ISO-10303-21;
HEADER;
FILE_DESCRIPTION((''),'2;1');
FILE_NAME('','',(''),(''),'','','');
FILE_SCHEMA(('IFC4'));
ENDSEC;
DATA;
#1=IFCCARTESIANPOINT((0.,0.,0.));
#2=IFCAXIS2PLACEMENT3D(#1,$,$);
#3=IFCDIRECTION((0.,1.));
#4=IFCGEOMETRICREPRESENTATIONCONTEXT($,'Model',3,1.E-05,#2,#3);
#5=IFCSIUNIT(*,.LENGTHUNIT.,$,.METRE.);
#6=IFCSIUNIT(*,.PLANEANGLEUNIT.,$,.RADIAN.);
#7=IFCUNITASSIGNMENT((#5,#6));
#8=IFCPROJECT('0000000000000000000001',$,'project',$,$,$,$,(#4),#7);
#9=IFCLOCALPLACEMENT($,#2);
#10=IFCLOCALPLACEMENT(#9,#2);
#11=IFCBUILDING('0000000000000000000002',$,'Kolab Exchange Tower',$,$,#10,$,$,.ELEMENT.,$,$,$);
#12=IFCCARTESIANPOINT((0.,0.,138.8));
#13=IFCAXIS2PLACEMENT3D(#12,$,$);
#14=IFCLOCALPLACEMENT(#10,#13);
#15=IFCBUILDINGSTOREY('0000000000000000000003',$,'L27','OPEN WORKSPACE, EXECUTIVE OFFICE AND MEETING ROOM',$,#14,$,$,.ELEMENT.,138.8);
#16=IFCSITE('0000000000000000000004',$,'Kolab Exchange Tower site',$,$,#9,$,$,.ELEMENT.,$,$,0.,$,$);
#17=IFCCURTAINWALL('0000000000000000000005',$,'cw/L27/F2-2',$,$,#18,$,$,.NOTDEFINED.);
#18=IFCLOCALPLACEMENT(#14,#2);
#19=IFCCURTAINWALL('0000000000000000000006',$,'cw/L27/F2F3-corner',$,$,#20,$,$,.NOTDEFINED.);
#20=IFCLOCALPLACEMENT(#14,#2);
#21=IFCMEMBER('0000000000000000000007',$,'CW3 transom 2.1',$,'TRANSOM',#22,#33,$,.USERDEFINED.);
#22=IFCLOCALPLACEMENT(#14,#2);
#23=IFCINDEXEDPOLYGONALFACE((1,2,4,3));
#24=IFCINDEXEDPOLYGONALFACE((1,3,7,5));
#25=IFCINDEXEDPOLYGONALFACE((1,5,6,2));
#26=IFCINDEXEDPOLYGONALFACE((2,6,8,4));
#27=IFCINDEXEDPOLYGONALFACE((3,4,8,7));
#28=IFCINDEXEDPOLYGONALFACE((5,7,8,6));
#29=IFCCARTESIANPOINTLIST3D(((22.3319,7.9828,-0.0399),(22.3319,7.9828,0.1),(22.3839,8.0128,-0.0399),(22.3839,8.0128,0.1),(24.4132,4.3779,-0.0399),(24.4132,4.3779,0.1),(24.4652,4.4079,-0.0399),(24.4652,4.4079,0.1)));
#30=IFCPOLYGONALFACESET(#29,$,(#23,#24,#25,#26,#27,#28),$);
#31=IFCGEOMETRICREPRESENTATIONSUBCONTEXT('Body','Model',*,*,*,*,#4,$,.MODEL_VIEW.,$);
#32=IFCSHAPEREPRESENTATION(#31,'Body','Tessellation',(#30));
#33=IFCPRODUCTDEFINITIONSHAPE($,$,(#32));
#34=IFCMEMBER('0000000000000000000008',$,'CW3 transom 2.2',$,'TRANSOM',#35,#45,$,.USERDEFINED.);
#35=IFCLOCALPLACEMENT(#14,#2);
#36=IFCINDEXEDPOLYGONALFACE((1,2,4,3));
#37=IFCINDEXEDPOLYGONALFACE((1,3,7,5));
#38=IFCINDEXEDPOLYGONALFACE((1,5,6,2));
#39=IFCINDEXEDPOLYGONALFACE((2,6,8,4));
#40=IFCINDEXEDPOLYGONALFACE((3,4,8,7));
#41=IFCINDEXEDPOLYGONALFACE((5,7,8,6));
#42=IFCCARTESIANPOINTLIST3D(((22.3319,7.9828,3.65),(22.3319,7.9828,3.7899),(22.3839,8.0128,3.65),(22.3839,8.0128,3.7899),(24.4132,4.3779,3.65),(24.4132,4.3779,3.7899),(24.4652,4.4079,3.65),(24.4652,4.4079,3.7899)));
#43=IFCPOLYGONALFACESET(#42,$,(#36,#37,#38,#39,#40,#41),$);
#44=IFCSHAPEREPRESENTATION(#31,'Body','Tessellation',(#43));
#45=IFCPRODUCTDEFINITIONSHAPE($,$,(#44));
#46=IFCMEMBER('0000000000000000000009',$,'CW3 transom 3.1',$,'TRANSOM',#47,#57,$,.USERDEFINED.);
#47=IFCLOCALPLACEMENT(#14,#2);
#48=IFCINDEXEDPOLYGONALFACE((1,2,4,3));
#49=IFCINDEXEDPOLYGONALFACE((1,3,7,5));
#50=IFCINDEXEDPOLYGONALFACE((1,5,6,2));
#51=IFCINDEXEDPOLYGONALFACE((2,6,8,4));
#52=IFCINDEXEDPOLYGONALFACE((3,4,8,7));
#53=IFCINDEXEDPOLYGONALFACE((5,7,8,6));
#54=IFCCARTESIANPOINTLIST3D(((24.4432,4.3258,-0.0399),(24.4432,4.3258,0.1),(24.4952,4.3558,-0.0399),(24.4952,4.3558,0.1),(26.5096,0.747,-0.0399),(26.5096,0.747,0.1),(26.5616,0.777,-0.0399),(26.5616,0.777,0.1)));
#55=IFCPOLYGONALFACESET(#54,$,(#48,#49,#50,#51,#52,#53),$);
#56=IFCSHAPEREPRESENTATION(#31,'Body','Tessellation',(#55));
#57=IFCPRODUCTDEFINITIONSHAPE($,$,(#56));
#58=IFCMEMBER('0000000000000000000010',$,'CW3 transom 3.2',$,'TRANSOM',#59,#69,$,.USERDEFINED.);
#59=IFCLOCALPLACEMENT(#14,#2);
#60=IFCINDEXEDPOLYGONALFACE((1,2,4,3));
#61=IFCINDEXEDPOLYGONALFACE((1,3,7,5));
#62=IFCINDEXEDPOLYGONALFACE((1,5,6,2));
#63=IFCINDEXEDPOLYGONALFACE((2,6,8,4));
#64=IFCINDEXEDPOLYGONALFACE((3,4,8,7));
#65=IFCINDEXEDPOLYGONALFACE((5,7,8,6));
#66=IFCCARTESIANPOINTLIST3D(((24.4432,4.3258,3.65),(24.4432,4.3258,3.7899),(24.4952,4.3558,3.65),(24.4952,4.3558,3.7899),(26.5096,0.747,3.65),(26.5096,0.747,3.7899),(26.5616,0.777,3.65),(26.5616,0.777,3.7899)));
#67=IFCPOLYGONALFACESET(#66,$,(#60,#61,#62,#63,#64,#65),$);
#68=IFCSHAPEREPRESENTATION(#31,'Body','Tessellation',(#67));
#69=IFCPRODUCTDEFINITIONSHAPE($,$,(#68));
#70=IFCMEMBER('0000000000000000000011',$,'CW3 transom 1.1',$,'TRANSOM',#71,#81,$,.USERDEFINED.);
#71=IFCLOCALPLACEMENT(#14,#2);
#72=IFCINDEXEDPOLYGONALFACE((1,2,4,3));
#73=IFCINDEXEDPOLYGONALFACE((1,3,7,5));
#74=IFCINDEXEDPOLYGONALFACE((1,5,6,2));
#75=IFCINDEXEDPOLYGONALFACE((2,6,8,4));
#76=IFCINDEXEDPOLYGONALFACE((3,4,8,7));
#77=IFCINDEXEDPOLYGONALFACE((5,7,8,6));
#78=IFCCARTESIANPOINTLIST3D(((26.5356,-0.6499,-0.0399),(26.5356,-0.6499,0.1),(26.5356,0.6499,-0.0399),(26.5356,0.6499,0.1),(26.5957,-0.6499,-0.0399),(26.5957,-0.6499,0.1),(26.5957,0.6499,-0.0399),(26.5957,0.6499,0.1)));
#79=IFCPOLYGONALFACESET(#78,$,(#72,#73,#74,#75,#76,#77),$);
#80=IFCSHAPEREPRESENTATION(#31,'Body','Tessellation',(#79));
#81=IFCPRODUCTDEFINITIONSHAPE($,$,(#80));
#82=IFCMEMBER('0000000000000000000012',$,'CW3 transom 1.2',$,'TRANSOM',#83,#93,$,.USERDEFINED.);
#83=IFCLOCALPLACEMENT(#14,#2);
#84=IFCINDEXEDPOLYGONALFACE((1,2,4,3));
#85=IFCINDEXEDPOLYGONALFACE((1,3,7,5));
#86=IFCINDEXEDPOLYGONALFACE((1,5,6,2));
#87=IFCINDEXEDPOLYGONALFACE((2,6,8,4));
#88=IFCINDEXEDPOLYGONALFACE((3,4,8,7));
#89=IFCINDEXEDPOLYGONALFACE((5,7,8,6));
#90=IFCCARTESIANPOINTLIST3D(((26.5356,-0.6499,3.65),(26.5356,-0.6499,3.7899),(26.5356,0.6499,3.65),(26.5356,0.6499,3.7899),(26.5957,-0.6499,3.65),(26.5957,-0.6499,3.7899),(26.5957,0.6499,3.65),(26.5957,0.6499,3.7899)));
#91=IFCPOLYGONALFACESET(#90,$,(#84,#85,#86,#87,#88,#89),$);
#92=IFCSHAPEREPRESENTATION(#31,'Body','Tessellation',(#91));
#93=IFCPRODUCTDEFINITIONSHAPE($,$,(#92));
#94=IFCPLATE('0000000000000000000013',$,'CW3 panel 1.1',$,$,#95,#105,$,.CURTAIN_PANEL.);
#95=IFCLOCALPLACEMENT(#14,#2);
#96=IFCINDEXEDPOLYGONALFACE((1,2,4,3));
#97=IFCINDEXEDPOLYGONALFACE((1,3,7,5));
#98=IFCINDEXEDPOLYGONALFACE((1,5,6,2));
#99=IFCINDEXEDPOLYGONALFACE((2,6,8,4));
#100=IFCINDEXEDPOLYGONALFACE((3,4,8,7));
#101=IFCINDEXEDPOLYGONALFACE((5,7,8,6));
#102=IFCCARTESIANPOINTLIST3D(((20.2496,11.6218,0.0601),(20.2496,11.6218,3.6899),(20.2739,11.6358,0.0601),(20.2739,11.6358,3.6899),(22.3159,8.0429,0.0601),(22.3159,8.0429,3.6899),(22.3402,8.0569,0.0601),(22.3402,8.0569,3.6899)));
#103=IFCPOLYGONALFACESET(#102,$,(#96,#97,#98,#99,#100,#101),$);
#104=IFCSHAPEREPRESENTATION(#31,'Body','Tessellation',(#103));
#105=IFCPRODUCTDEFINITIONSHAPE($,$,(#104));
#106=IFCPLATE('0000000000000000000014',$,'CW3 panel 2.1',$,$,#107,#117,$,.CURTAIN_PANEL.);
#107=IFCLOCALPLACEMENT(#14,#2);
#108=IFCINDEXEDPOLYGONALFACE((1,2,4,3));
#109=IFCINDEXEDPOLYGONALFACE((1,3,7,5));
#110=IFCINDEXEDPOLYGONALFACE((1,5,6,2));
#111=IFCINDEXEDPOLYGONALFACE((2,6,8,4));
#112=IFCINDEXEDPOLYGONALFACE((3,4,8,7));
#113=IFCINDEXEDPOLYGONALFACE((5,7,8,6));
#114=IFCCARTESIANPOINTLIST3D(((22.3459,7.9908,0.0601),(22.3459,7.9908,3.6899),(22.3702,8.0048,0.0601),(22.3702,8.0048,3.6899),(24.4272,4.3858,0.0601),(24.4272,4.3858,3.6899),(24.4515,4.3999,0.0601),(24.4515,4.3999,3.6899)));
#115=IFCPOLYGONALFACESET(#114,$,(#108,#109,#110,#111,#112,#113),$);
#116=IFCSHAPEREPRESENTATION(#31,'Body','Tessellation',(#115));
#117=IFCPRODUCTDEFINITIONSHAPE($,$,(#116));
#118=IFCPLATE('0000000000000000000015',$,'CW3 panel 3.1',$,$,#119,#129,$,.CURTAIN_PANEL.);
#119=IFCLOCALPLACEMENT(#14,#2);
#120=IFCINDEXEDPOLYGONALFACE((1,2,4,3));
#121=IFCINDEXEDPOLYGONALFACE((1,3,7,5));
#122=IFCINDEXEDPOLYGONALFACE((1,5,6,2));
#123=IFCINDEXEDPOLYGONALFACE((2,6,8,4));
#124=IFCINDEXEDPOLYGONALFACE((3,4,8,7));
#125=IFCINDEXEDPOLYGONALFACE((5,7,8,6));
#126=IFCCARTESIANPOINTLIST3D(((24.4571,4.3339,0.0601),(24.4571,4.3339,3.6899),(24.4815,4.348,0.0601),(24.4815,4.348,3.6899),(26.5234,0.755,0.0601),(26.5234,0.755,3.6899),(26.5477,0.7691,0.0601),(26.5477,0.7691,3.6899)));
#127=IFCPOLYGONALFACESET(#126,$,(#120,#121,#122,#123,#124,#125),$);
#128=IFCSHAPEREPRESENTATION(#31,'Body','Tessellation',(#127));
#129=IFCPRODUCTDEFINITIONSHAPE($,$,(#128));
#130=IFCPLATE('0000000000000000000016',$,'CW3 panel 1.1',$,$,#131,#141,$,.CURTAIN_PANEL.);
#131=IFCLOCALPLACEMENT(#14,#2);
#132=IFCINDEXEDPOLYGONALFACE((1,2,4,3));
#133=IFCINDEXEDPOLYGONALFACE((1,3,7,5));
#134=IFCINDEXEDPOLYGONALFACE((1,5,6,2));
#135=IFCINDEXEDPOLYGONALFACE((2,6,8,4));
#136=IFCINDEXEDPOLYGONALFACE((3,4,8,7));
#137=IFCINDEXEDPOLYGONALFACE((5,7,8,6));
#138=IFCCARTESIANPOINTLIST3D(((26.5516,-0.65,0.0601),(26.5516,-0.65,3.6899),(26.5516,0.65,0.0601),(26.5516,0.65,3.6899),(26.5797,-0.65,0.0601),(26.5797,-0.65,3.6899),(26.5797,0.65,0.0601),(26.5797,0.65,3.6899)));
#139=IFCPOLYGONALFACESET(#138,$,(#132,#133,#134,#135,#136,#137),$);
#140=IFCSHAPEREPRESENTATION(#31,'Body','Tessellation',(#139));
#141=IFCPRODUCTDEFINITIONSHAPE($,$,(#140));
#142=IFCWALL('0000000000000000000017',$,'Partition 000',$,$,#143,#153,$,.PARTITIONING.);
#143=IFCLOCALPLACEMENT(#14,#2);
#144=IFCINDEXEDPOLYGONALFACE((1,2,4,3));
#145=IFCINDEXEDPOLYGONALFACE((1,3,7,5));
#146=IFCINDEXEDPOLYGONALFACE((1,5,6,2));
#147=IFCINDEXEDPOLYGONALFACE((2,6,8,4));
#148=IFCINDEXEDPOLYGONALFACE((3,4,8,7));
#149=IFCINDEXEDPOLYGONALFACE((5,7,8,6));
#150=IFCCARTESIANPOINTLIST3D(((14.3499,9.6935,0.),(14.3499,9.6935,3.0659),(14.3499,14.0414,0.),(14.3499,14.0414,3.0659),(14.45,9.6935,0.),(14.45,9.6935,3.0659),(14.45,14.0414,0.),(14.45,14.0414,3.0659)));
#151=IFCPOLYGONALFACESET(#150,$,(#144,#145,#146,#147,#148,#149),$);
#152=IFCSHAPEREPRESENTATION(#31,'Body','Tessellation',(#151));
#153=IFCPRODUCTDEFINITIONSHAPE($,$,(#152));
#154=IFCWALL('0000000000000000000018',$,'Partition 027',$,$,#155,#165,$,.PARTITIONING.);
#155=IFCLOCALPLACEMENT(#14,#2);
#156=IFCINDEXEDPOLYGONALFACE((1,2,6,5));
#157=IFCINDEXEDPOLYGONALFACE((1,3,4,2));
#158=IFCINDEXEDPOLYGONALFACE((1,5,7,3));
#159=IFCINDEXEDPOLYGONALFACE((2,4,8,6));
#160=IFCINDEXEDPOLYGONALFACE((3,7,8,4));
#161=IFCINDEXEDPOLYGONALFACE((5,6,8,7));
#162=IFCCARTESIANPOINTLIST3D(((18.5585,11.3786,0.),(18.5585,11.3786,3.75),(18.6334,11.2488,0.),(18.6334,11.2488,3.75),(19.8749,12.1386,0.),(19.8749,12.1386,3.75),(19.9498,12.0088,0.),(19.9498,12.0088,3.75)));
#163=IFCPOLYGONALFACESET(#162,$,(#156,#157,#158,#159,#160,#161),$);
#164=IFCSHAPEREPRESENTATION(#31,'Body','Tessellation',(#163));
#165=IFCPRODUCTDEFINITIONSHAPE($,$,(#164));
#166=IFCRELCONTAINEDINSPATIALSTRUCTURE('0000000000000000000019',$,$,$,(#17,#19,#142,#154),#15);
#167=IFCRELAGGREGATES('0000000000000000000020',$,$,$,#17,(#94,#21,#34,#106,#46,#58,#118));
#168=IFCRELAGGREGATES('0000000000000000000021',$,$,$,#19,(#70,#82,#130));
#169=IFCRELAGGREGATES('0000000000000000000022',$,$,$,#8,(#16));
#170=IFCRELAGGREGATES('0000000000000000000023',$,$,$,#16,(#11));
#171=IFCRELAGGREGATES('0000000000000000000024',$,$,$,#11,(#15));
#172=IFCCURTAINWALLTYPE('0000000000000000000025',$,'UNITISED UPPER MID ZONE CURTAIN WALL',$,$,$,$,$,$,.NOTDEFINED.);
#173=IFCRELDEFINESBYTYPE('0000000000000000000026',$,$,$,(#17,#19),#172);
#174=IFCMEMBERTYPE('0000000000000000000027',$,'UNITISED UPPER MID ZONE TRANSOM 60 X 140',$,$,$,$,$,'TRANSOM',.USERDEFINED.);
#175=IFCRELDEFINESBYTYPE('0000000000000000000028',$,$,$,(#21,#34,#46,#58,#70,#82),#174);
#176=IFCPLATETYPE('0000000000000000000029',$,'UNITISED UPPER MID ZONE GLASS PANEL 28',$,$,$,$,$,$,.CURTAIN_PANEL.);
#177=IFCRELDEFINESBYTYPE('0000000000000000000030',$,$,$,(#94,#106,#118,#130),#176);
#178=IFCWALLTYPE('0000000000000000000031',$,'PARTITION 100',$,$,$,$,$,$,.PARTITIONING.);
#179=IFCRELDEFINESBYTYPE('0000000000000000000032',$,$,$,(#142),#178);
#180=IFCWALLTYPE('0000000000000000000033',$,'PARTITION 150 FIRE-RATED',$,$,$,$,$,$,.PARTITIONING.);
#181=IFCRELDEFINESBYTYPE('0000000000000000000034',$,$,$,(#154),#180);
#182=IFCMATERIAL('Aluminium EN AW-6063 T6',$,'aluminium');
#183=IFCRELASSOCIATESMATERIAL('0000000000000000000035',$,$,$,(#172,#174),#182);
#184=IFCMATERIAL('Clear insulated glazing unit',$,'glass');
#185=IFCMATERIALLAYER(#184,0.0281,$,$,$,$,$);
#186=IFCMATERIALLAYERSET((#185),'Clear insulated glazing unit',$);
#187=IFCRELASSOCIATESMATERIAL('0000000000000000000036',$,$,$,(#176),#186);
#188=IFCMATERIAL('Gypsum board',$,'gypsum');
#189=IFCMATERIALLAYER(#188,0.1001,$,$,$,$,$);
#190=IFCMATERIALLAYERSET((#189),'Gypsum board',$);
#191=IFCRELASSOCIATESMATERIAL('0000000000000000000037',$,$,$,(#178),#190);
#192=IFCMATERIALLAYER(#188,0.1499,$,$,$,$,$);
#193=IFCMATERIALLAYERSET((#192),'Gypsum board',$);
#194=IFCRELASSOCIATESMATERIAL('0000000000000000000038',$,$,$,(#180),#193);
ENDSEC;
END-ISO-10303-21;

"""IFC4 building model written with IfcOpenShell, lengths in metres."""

from ifc_helpers import new_model, si_unit, direction, frame, frame_2d, origin, origin_2d, place, context, subcontext, project, spatial, rectangle, extrude, material, layer, layer_set, material_profile, profile_set, type_object, element, aggregate, save


model = new_model("IFC4")

# Units and contexts
model_context = context("Model", 3, precision=1e-05, world=origin(), true_north=direction((0.0, 1.0)))
body_context = subcontext(model_context, "Body", "Model", "MODEL_VIEW")
ifc_project = project(units=[si_unit("LENGTHUNIT", "METRE"), si_unit("PLANEANGLEUNIT", "RADIAN")], contexts=[model_context])

# Site, building, storey
site_placement = place(None, origin())
site = spatial("IfcSite", under=ifc_project, at=site_placement, Name="Kolab Exchange Tower site", CompositionType="ELEMENT", RefElevation=0.0)
building_placement = place(site_placement, origin())
building = spatial("IfcBuilding", under=site, at=building_placement, Name="Kolab Exchange Tower", CompositionType="ELEMENT")
storey_placement = place(building_placement, frame((0.0, 0.0, 138.8)))
storey = spatial("IfcBuildingStorey", under=building, at=storey_placement, Name="L27", Description="OPEN WORKSPACE, EXECUTIVE OFFICE AND MEETING ROOM", CompositionType="ELEMENT", Elevation=138.8)

# Curtain wall
ifc_material_1 = material(Name="Aluminium EN AW-6063 T6", Category="aluminium")
curtain_wall_type = type_object("IfcCurtainWallType", Name="UNITISED UPPER MID ZONE CURTAIN WALL", PredefinedType="NOTDEFINED", material=ifc_material_1)
curtain_wall_1_placement = place(storey_placement, origin())
curtain_wall_1 = element("IfcCurtainWall", 1, at=curtain_wall_1_placement, inside=storey, type_object=curtain_wall_type, Name="cw/L27/F2-2", PredefinedType="NOTDEFINED")

# Curtain wall
curtain_wall_2_placement = place(storey_placement, origin())
curtain_wall_2 = element("IfcCurtainWall", 2, at=curtain_wall_2_placement, inside=storey, type_object=curtain_wall_type, Name="cw/L27/F2F3-corner", PredefinedType="NOTDEFINED")

# Members
ifc_material_profile_1 = material_profile(ifc_material_1, rectangle(XDim=0.0601, YDim=0.1399, at=origin_2d()), Name="RECT 60X140")
ifc_profile_set_1 = profile_set([ifc_material_profile_1], Name="Aluminium EN AW-6063 T6")
member_type_1 = type_object("IfcMemberType", Name="UNITISED UPPER MID ZONE TRANSOM 60 X 140", ElementType="TRANSOM", PredefinedType="USERDEFINED", material=ifc_profile_set_1)
member_1_placement = place(storey_placement, frame((22.3579, 7.9978, 0.03), z_axis=(0.499993, -0.866029, 0.0), x_axis=(0.866029, 0.499993, 0.0)))
member_1 = element("IfcMember", 3, at=member_1_placement, type_object=member_type_1, Name="CW3 transom 2.1", ObjectType="TRANSOM", PredefinedType="USERDEFINED", context=body_context, shape_type="SweptSolid", body=[
    extrude(rectangle(XDim=0.0601, YDim=0.1399, at=origin_2d()), origin(), (0.0, 0.0, 1.0), 4.1626),
])
member_2_placement = place(storey_placement, frame((22.3579, 7.9978, 3.72), z_axis=(0.499993, -0.866029, 0.0), x_axis=(0.866029, 0.499993, 0.0)))
member_2 = element("IfcMember", 4, at=member_2_placement, type_object=member_type_1, Name="CW3 transom 2.2", ObjectType="TRANSOM", PredefinedType="USERDEFINED", context=body_context, shape_type="SweptSolid", body=[
    extrude(rectangle(XDim=0.0601, YDim=0.1399, at=origin_2d()), origin(), (0.0, 0.0, 1.0), 4.1626),
])
member_3_placement = place(storey_placement, frame((24.4692, 4.3408, 0.03), z_axis=(0.500028, -0.866009, 0.0), x_axis=(0.866009, 0.500028, 0.0)))
member_3 = element("IfcMember", 5, at=member_3_placement, type_object=member_type_1, Name="CW3 transom 3.1", ObjectType="TRANSOM", PredefinedType="USERDEFINED", context=body_context, shape_type="SweptSolid", body=[
    extrude(rectangle(XDim=0.0601, YDim=0.1399, at=origin_2d()), origin(), (0.0, 0.0, 1.0), 4.1326),
])
member_4_placement = place(storey_placement, frame((24.4692, 4.3408, 3.72), z_axis=(0.500028, -0.866009, 0.0), x_axis=(0.866009, 0.500028, 0.0)))
member_4 = element("IfcMember", 6, at=member_4_placement, type_object=member_type_1, Name="CW3 transom 3.2", ObjectType="TRANSOM", PredefinedType="USERDEFINED", context=body_context, shape_type="SweptSolid", body=[
    extrude(rectangle(XDim=0.0601, YDim=0.1399, at=origin_2d()), origin(), (0.0, 0.0, 1.0), 4.1326),
])
member_5_placement = place(storey_placement, frame((26.5657, 0.6499, 0.03), z_axis=(0.0, -1.0, 0.0), x_axis=(1.0, 0.0, 0.0)))
member_5 = element("IfcMember", 7, at=member_5_placement, type_object=member_type_1, Name="CW3 transom 1.1", ObjectType="TRANSOM", PredefinedType="USERDEFINED", context=body_context, shape_type="SweptSolid", body=[
    extrude(rectangle(XDim=0.0601, YDim=0.1399, at=origin_2d()), origin(), (0.0, 0.0, 1.0), 1.2998),
])
member_6_placement = place(storey_placement, frame((26.5657, 0.6499, 3.72), z_axis=(0.0, -1.0, 0.0), x_axis=(1.0, 0.0, 0.0)))
member_6 = element("IfcMember", 8, at=member_6_placement, type_object=member_type_1, Name="CW3 transom 1.2", ObjectType="TRANSOM", PredefinedType="USERDEFINED", context=body_context, shape_type="SweptSolid", body=[
    extrude(rectangle(XDim=0.0601, YDim=0.1399, at=origin_2d()), origin(), (0.0, 0.0, 1.0), 1.2998),
])

# Plates
ifc_material_2 = material(Name="Clear insulated glazing unit", Category="glass")
ifc_layer_1 = layer(ifc_material_2, 0.0281)
ifc_layer_set_1 = layer_set([ifc_layer_1], Name="Clear insulated glazing unit")
plate_type = type_object("IfcPlateType", Name="UNITISED UPPER MID ZONE GLASS PANEL 28", PredefinedType="CURTAIN_PANEL", material=ifc_layer_set_1)
plate_1_placement = place(storey_placement, frame((21.2949, 9.8394, 0.0601), z_axis=(0.0, 0.0, 1.0), x_axis=(0.5, -0.866025, 0.0)))
plate_1 = element("IfcPlate", 9, at=plate_1_placement, type_object=plate_type, Name="CW3 panel 1.1", PredefinedType="CURTAIN_PANEL", context=body_context, shape_type="SweptSolid", body=[
    extrude(rectangle(XDim=4.1326, YDim=0.0281, at=origin_2d()), origin(), (0.0, 0.0, 1.0), 3.6299),
])
plate_2_placement = place(storey_placement, frame((23.3987, 6.1953, 0.0601), z_axis=(0.0, 0.0, 1.0), x_axis=(0.5, -0.866025, 0.0)))
plate_2 = element("IfcPlate", 10, at=plate_2_placement, type_object=plate_type, Name="CW3 panel 2.1", PredefinedType="CURTAIN_PANEL", context=body_context, shape_type="SweptSolid", body=[
    extrude(rectangle(XDim=4.1626, YDim=0.0281, at=origin_2d()), origin(), (0.0, 0.0, 1.0), 3.6299),
])
plate_3_placement = place(storey_placement, frame((25.5024, 2.5515, 0.0601), z_axis=(0.0, 0.0, 1.0), x_axis=(0.5, -0.866025, 0.0)))
plate_3 = element("IfcPlate", 11, at=plate_3_placement, type_object=plate_type, Name="CW3 panel 3.1", PredefinedType="CURTAIN_PANEL", context=body_context, shape_type="SweptSolid", body=[
    extrude(rectangle(XDim=4.1326, YDim=0.0281, at=origin_2d()), origin(), (0.0, 0.0, 1.0), 3.6299),
])
aggregate(curtain_wall_1, [plate_1, member_1, member_2, plate_2, member_3, member_4, plate_3])
plate_4_placement = place(storey_placement, frame((26.5657, 0.0, 0.0601), z_axis=(0.0, 0.0, 1.0), x_axis=(0.0, -1.0, 0.0)))
plate_4 = element("IfcPlate", 12, at=plate_4_placement, type_object=plate_type, Name="CW3 panel 1.1", PredefinedType="CURTAIN_PANEL", context=body_context, shape_type="SweptSolid", body=[
    extrude(rectangle(XDim=1.3, YDim=0.0281, at=origin_2d()), origin(), (0.0, 0.0, 1.0), 3.6299),
])
aggregate(curtain_wall_2, [member_5, member_6, plate_4])

# Walls
ifc_material_3 = material(Name="Gypsum board", Category="gypsum")
ifc_layer_2 = layer(ifc_material_3, 0.1001)
ifc_layer_set_2 = layer_set([ifc_layer_2], Name="Gypsum board")
wall_type_1 = type_object("IfcWallType", Name="PARTITION 100", PredefinedType="PARTITIONING", material=ifc_layer_set_2)
wall_1_placement = place(storey_placement, frame((14.3999, 9.6936, 0.0), z_axis=(0.0, 0.0, 1.0), x_axis=(0.0, 1.0, 0.0)))
element("IfcWall", 13, at=wall_1_placement, inside=storey, type_object=wall_type_1, Name="Partition 000", PredefinedType="PARTITIONING", context=body_context, shape_type="SweptSolid", body=[
    extrude(rectangle(XDim=4.3479, YDim=0.1001, at=frame_2d((2.1738, 0.0))), origin(), (0.0, 0.0, 1.0), 3.0659),
])
ifc_layer_3 = layer(ifc_material_3, 0.1499)
ifc_layer_set_3 = layer_set([ifc_layer_3], Name="Gypsum board")
wall_type_2 = type_object("IfcWallType", Name="PARTITION 150 FIRE-RATED", PredefinedType="PARTITIONING", material=ifc_layer_set_3)
wall_2_placement = place(storey_placement, frame((18.5959, 11.3137, 0.0), z_axis=(0.0, 0.0, 1.0), x_axis=(0.86603, 0.499991, 0.0)))
element("IfcWall", 14, at=wall_2_placement, inside=storey, type_object=wall_type_2, Name="Partition 027", PredefinedType="PARTITIONING", context=body_context, shape_type="SweptSolid", body=[
    extrude(rectangle(XDim=1.52, YDim=0.1499, at=frame_2d((0.76, 0.0))), origin(), (0.0, 0.0, 1.0), 3.75),
])

save(model, "model.ifc")
